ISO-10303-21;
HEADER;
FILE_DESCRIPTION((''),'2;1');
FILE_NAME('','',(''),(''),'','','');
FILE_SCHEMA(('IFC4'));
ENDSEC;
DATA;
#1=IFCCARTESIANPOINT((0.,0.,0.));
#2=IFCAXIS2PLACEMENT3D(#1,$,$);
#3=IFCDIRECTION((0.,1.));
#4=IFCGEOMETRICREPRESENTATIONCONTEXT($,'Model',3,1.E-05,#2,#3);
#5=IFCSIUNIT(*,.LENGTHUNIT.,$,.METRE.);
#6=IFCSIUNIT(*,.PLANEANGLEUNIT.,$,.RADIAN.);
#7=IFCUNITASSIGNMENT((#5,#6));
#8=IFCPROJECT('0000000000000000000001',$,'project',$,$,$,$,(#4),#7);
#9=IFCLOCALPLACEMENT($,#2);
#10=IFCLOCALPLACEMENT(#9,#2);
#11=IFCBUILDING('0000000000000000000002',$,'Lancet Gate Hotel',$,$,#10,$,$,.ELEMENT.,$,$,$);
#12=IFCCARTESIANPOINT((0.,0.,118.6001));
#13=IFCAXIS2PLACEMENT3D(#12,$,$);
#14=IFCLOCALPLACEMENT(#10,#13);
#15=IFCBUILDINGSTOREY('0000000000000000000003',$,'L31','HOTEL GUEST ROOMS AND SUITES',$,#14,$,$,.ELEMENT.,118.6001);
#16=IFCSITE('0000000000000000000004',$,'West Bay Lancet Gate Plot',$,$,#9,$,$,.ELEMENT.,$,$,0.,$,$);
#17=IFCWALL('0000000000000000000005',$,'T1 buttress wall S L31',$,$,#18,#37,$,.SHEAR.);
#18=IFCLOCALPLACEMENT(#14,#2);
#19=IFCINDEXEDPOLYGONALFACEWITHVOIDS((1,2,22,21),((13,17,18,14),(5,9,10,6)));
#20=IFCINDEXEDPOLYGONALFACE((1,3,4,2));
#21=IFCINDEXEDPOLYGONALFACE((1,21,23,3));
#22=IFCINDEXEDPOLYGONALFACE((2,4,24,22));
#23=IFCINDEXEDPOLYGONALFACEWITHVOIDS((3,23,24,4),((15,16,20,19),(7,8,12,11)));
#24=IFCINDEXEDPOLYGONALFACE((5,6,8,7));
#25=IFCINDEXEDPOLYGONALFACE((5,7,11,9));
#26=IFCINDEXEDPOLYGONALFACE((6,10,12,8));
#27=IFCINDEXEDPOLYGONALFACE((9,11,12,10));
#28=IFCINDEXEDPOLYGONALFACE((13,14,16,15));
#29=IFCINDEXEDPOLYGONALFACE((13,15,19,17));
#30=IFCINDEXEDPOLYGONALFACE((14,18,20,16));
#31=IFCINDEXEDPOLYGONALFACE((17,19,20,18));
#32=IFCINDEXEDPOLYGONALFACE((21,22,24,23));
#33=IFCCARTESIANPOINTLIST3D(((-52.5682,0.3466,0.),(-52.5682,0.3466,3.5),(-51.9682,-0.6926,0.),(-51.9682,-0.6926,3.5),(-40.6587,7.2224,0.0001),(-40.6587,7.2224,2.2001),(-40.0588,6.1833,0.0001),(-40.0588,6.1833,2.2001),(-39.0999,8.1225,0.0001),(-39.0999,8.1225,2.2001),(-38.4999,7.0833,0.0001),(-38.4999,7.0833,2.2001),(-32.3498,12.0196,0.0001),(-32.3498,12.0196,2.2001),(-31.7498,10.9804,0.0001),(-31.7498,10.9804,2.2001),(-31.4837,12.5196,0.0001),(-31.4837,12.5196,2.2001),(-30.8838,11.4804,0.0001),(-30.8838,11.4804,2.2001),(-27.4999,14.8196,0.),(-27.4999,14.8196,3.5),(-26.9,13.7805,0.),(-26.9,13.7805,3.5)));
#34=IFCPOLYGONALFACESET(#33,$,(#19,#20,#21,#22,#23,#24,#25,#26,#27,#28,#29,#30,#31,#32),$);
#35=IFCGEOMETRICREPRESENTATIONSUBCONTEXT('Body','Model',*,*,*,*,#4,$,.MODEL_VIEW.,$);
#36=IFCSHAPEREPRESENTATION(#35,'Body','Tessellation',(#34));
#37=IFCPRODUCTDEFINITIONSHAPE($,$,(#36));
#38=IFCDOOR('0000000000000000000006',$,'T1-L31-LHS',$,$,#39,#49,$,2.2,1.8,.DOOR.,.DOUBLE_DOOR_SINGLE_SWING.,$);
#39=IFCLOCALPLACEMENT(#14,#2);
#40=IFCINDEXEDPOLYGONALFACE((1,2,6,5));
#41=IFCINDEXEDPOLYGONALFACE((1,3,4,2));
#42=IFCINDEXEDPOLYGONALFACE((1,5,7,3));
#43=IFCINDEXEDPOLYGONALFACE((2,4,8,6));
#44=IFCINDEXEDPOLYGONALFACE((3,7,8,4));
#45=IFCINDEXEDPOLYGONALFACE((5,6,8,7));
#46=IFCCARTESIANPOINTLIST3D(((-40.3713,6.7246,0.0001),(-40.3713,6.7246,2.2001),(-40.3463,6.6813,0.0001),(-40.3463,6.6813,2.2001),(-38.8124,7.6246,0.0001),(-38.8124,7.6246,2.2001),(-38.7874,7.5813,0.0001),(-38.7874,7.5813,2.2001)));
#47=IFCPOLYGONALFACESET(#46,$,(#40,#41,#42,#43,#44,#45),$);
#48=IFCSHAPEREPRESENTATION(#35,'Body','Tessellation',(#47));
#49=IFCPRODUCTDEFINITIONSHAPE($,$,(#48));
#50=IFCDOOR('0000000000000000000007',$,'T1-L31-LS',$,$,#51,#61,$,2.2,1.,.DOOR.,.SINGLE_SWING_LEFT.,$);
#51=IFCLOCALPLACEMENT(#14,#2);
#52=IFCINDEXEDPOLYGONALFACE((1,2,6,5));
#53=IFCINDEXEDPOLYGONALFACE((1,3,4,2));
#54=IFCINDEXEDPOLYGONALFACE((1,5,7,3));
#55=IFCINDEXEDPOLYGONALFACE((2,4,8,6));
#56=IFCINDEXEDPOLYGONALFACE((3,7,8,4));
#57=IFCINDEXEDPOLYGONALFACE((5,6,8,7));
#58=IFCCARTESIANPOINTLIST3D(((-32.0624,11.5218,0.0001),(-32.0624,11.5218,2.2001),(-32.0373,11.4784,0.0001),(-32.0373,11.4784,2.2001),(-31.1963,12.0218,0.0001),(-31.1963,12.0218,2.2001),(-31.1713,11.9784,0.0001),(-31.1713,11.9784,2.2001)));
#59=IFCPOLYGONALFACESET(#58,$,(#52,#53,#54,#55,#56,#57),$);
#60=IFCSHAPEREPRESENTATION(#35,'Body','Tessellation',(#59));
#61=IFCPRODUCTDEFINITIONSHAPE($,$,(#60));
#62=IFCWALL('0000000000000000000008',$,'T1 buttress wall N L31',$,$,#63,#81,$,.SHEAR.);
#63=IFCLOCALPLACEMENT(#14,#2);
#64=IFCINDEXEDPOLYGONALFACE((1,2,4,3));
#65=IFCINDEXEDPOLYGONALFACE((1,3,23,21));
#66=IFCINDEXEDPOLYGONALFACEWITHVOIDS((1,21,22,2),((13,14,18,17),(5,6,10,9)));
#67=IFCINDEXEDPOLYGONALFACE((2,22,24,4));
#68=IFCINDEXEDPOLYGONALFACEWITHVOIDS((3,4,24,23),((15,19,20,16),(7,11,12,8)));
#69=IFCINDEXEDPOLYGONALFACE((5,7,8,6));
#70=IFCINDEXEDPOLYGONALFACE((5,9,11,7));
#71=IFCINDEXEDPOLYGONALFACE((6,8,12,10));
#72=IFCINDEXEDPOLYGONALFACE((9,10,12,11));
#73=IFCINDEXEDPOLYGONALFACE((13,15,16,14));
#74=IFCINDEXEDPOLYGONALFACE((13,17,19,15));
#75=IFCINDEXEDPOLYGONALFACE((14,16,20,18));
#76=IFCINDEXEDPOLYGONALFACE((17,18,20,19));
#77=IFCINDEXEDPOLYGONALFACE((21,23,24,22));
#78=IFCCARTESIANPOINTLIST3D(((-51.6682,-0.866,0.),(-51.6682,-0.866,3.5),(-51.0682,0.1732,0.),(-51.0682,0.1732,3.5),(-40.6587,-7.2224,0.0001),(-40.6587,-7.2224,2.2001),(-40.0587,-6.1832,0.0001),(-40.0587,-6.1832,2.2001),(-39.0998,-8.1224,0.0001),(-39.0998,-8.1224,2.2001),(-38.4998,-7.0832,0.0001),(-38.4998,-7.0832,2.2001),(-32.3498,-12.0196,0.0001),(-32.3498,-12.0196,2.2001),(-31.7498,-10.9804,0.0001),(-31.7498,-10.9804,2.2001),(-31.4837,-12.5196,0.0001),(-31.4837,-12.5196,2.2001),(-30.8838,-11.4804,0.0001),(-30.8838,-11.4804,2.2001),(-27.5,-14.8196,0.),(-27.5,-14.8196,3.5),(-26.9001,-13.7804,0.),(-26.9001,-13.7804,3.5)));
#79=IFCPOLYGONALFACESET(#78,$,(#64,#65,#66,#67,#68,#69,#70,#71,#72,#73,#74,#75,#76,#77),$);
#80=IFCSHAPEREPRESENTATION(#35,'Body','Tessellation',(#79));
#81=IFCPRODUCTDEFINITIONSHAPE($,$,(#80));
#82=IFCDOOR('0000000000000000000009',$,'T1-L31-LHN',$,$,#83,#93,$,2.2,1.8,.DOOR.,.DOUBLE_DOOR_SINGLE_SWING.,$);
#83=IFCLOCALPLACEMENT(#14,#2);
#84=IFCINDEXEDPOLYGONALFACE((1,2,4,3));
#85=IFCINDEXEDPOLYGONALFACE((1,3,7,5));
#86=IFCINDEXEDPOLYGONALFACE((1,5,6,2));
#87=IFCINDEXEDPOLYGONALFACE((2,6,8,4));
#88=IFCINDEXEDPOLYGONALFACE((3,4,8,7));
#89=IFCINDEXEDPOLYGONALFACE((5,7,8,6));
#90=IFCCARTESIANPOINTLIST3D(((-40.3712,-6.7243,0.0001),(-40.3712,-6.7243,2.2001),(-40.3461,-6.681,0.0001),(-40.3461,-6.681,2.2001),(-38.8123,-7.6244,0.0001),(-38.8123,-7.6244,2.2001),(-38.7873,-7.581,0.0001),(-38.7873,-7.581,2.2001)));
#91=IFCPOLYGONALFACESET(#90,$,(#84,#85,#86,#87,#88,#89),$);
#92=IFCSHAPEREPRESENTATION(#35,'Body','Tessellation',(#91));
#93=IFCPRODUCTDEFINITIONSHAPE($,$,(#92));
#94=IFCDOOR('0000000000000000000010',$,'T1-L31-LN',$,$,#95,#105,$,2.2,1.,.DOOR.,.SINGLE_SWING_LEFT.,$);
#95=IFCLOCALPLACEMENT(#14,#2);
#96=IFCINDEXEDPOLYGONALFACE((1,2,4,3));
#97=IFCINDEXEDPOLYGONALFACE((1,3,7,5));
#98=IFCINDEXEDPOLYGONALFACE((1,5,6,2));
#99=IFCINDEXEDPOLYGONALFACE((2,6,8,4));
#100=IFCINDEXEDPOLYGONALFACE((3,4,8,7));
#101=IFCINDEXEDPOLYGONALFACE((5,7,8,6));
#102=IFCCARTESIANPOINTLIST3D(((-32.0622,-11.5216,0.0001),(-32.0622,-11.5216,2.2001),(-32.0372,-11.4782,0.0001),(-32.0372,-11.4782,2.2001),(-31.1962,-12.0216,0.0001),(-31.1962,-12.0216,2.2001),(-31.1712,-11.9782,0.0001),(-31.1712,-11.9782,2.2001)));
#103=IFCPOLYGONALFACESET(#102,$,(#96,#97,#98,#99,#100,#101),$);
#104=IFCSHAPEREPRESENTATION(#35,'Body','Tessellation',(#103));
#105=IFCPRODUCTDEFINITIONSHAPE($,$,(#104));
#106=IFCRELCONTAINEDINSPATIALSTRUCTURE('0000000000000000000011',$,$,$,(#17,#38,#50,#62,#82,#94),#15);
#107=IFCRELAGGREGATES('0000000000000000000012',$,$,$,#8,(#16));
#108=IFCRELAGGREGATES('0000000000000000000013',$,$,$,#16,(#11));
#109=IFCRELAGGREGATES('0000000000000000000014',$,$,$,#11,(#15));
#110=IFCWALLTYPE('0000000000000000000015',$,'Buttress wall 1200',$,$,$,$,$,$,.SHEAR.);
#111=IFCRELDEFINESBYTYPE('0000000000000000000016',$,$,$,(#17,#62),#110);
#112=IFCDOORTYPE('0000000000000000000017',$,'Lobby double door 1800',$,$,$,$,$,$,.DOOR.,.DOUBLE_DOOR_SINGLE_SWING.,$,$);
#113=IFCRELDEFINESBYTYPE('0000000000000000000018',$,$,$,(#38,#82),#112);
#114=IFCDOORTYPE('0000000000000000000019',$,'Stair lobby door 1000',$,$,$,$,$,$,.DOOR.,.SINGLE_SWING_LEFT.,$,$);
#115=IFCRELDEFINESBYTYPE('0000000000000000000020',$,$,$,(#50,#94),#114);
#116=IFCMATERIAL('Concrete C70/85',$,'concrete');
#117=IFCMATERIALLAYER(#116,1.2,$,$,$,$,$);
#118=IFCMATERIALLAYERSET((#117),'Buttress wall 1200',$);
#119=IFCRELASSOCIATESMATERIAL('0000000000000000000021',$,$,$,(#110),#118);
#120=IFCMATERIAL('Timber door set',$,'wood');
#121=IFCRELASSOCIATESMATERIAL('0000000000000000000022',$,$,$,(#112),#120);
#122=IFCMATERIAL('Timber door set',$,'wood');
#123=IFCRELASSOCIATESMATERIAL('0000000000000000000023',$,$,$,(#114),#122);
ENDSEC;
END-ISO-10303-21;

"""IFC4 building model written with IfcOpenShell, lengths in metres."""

from ifc_helpers import new_model, si_unit, direction, frame, frame_2d, origin, place, context, subcontext, project, spatial, rectangle, extrude, material, layer, layer_set, type_object, element, fill, save


model = new_model("IFC4")

# Units and contexts
model_context = context("Model", 3, precision=1e-05, world=origin(), true_north=direction((0.0, 1.0)))
body_context = subcontext(model_context, "Body", "Model", "MODEL_VIEW")
ifc_project = project(units=[si_unit("LENGTHUNIT", "METRE"), si_unit("PLANEANGLEUNIT", "RADIAN")], contexts=[model_context])

# Site, building, storey
site_placement = place(None, origin())
site = spatial("IfcSite", under=ifc_project, at=site_placement, Name="West Bay Lancet Gate Plot", CompositionType="ELEMENT", RefElevation=0.0)
building_placement = place(site_placement, origin())
building = spatial("IfcBuilding", under=site, at=building_placement, Name="Lancet Gate Hotel", CompositionType="ELEMENT")
storey_placement = place(building_placement, frame((0.0, 0.0, 118.6001)))
storey = spatial("IfcBuildingStorey", under=building, at=storey_placement, Name="L31", Description="HOTEL GUEST ROOMS AND SUITES", CompositionType="ELEMENT", Elevation=118.6001)

# Walls, openings, doors
ifc_material_1 = material(Name="Concrete C70/85", Category="concrete")
ifc_layer_1 = layer(ifc_material_1, 1.2)
ifc_layer_set_1 = layer_set([ifc_layer_1], Name="Buttress wall 1200")
wall_type = type_object("IfcWallType", Name="Buttress wall 1200", PredefinedType="SHEAR", material=ifc_layer_set_1)
wall_1_placement = place(storey_placement, frame((-27.2, 14.3, 0.0), z_axis=(0.0, 0.0, 1.0), x_axis=(-0.866027, -0.499998, 0.0)))
wall_1 = element("IfcWall", 1, at=wall_1_placement, inside=storey, type_object=wall_type, Name="T1 buttress wall S L31", PredefinedType="SHEAR", context=body_context, shape_type="SweptSolid", body=[
    extrude(rectangle(XDim=28.9463, YDim=1.2, at=frame_2d((14.4731, 0.0))), origin(), (0.0, 0.0, 1.0), 3.5),
])
opening_1_placement = place(wall_1_placement, frame((4.6001, 0.0, 0.0)))
opening_1 = element("IfcOpeningElement", 2, at=opening_1_placement, cuts=wall_1, PredefinedType="OPENING", context=body_context, shape_type="SweptSolid", body=[
    extrude(rectangle(XDim=1.0, YDim=2.2, at=frame_2d((0.5, 1.1001))), frame((0.0, 0.6099, 0.0), z_axis=(0.0, -1.0, 0.0), x_axis=(1.0, 0.0, 0.0)), (0.0, 0.0, 1.0), 1.22),
])
opening_2_placement = place(wall_1_placement, frame((13.3945, 0.0, 0.0)))
opening_2 = element("IfcOpeningElement", 3, at=opening_2_placement, cuts=wall_1, PredefinedType="OPENING", context=body_context, shape_type="SweptSolid", body=[
    extrude(rectangle(XDim=1.8, YDim=2.2, at=frame_2d((0.8999, 1.1001))), frame((0.0, 0.6099, 0.0), z_axis=(0.0, -1.0, 0.0), x_axis=(1.0, 0.0, 0.0)), (0.0, 0.0, 1.0), 1.22),
])
ifc_material_2 = material(Name="Timber door set", Category="wood")
door_type_1 = type_object("IfcDoorType", Name="Lobby double door 1800", OperationType="DOUBLE_DOOR_SINGLE_SWING", PredefinedType="DOOR", material=ifc_material_2)
door_1_placement = place(opening_2_placement, origin())
door_1 = element("IfcDoor", 4, at=door_1_placement, inside=storey, type_object=door_type_1, Name="T1-L31-LHS", OperationType="DOUBLE_DOOR_SINGLE_SWING", OverallHeight=2.2, OverallWidth=1.8, PredefinedType="DOOR", context=body_context, shape_type="SweptSolid", body=[
    extrude(rectangle(XDim=1.8, YDim=2.2, at=frame_2d((0.8999, 1.1001))), frame((0.0, 0.0249, 0.0), z_axis=(0.0, -1.0, 0.0), x_axis=(1.0, 0.0, 0.0)), (0.0, 0.0, 1.0), 0.05),
])
fill(opening_2, door_1)
ifc_material_3 = material(Name="Timber door set", Category="wood")
door_type_2 = type_object("IfcDoorType", Name="Stair lobby door 1000", OperationType="SINGLE_SWING_LEFT", PredefinedType="DOOR", material=ifc_material_3)
door_2_placement = place(opening_1_placement, origin())
door_2 = element("IfcDoor", 5, at=door_2_placement, inside=storey, type_object=door_type_2, Name="T1-L31-LS", OperationType="SINGLE_SWING_LEFT", OverallHeight=2.2, OverallWidth=1.0, PredefinedType="DOOR", context=body_context, shape_type="SweptSolid", body=[
    extrude(rectangle(XDim=1.0, YDim=2.2, at=frame_2d((0.5, 1.1001))), frame((0.0, 0.0249, 0.0), z_axis=(0.0, -1.0, 0.0), x_axis=(1.0, 0.0, 0.0)), (0.0, 0.0, 1.0), 0.05),
])
fill(opening_1, door_2)
wall_2_placement = place(storey_placement, frame((-27.2, -14.3, 0.0), z_axis=(0.0, 0.0, 1.0), x_axis=(-0.866024, 0.500002, 0.0)))
wall_2 = element("IfcWall", 6, at=wall_2_placement, inside=storey, type_object=wall_type, Name="T1 buttress wall N L31", PredefinedType="SHEAR", context=body_context, shape_type="SweptSolid", body=[
    extrude(rectangle(XDim=27.907, YDim=1.2, at=frame_2d((13.9536, 0.0))), origin(), (0.0, 0.0, 1.0), 3.5),
])
opening_3_placement = place(wall_2_placement, frame((4.6001, 0.0, 0.0)))
opening_3 = element("IfcOpeningElement", 7, at=opening_3_placement, cuts=wall_2, PredefinedType="OPENING", context=body_context, shape_type="SweptSolid", body=[
    extrude(rectangle(XDim=1.0, YDim=2.2, at=frame_2d((0.5, 1.1001))), frame((0.0, 0.6099, 0.0), z_axis=(0.0, -1.0, 0.0), x_axis=(1.0, 0.0, 0.0)), (0.0, 0.0, 1.0), 1.22),
])
opening_4_placement = place(wall_2_placement, frame((13.3945, 0.0, 0.0)))
opening_4 = element("IfcOpeningElement", 8, at=opening_4_placement, cuts=wall_2, PredefinedType="OPENING", context=body_context, shape_type="SweptSolid", body=[
    extrude(rectangle(XDim=1.8, YDim=2.2, at=frame_2d((0.8999, 1.1001))), frame((0.0, 0.6099, 0.0), z_axis=(0.0, -1.0, 0.0), x_axis=(1.0, 0.0, 0.0)), (0.0, 0.0, 1.0), 1.22),
])
door_3_placement = place(opening_4_placement, origin())
door_3 = element("IfcDoor", 9, at=door_3_placement, inside=storey, type_object=door_type_1, Name="T1-L31-LHN", OperationType="DOUBLE_DOOR_SINGLE_SWING", OverallHeight=2.2, OverallWidth=1.8, PredefinedType="DOOR", context=body_context, shape_type="SweptSolid", body=[
    extrude(rectangle(XDim=1.8, YDim=2.2, at=frame_2d((0.8999, 1.1001))), frame((0.0, 0.0249, 0.0), z_axis=(0.0, -1.0, 0.0), x_axis=(1.0, 0.0, 0.0)), (0.0, 0.0, 1.0), 0.05),
])
fill(opening_4, door_3)
door_4_placement = place(opening_3_placement, origin())
door_4 = element("IfcDoor", 10, at=door_4_placement, inside=storey, type_object=door_type_2, Name="T1-L31-LN", OperationType="SINGLE_SWING_LEFT", OverallHeight=2.2, OverallWidth=1.0, PredefinedType="DOOR", context=body_context, shape_type="SweptSolid", body=[
    extrude(rectangle(XDim=1.0, YDim=2.2, at=frame_2d((0.5, 1.1001))), frame((0.0, 0.0249, 0.0), z_axis=(0.0, -1.0, 0.0), x_axis=(1.0, 0.0, 0.0)), (0.0, 0.0, 1.0), 0.05),
])
fill(opening_3, door_4)

save(model, "model.ifc")
